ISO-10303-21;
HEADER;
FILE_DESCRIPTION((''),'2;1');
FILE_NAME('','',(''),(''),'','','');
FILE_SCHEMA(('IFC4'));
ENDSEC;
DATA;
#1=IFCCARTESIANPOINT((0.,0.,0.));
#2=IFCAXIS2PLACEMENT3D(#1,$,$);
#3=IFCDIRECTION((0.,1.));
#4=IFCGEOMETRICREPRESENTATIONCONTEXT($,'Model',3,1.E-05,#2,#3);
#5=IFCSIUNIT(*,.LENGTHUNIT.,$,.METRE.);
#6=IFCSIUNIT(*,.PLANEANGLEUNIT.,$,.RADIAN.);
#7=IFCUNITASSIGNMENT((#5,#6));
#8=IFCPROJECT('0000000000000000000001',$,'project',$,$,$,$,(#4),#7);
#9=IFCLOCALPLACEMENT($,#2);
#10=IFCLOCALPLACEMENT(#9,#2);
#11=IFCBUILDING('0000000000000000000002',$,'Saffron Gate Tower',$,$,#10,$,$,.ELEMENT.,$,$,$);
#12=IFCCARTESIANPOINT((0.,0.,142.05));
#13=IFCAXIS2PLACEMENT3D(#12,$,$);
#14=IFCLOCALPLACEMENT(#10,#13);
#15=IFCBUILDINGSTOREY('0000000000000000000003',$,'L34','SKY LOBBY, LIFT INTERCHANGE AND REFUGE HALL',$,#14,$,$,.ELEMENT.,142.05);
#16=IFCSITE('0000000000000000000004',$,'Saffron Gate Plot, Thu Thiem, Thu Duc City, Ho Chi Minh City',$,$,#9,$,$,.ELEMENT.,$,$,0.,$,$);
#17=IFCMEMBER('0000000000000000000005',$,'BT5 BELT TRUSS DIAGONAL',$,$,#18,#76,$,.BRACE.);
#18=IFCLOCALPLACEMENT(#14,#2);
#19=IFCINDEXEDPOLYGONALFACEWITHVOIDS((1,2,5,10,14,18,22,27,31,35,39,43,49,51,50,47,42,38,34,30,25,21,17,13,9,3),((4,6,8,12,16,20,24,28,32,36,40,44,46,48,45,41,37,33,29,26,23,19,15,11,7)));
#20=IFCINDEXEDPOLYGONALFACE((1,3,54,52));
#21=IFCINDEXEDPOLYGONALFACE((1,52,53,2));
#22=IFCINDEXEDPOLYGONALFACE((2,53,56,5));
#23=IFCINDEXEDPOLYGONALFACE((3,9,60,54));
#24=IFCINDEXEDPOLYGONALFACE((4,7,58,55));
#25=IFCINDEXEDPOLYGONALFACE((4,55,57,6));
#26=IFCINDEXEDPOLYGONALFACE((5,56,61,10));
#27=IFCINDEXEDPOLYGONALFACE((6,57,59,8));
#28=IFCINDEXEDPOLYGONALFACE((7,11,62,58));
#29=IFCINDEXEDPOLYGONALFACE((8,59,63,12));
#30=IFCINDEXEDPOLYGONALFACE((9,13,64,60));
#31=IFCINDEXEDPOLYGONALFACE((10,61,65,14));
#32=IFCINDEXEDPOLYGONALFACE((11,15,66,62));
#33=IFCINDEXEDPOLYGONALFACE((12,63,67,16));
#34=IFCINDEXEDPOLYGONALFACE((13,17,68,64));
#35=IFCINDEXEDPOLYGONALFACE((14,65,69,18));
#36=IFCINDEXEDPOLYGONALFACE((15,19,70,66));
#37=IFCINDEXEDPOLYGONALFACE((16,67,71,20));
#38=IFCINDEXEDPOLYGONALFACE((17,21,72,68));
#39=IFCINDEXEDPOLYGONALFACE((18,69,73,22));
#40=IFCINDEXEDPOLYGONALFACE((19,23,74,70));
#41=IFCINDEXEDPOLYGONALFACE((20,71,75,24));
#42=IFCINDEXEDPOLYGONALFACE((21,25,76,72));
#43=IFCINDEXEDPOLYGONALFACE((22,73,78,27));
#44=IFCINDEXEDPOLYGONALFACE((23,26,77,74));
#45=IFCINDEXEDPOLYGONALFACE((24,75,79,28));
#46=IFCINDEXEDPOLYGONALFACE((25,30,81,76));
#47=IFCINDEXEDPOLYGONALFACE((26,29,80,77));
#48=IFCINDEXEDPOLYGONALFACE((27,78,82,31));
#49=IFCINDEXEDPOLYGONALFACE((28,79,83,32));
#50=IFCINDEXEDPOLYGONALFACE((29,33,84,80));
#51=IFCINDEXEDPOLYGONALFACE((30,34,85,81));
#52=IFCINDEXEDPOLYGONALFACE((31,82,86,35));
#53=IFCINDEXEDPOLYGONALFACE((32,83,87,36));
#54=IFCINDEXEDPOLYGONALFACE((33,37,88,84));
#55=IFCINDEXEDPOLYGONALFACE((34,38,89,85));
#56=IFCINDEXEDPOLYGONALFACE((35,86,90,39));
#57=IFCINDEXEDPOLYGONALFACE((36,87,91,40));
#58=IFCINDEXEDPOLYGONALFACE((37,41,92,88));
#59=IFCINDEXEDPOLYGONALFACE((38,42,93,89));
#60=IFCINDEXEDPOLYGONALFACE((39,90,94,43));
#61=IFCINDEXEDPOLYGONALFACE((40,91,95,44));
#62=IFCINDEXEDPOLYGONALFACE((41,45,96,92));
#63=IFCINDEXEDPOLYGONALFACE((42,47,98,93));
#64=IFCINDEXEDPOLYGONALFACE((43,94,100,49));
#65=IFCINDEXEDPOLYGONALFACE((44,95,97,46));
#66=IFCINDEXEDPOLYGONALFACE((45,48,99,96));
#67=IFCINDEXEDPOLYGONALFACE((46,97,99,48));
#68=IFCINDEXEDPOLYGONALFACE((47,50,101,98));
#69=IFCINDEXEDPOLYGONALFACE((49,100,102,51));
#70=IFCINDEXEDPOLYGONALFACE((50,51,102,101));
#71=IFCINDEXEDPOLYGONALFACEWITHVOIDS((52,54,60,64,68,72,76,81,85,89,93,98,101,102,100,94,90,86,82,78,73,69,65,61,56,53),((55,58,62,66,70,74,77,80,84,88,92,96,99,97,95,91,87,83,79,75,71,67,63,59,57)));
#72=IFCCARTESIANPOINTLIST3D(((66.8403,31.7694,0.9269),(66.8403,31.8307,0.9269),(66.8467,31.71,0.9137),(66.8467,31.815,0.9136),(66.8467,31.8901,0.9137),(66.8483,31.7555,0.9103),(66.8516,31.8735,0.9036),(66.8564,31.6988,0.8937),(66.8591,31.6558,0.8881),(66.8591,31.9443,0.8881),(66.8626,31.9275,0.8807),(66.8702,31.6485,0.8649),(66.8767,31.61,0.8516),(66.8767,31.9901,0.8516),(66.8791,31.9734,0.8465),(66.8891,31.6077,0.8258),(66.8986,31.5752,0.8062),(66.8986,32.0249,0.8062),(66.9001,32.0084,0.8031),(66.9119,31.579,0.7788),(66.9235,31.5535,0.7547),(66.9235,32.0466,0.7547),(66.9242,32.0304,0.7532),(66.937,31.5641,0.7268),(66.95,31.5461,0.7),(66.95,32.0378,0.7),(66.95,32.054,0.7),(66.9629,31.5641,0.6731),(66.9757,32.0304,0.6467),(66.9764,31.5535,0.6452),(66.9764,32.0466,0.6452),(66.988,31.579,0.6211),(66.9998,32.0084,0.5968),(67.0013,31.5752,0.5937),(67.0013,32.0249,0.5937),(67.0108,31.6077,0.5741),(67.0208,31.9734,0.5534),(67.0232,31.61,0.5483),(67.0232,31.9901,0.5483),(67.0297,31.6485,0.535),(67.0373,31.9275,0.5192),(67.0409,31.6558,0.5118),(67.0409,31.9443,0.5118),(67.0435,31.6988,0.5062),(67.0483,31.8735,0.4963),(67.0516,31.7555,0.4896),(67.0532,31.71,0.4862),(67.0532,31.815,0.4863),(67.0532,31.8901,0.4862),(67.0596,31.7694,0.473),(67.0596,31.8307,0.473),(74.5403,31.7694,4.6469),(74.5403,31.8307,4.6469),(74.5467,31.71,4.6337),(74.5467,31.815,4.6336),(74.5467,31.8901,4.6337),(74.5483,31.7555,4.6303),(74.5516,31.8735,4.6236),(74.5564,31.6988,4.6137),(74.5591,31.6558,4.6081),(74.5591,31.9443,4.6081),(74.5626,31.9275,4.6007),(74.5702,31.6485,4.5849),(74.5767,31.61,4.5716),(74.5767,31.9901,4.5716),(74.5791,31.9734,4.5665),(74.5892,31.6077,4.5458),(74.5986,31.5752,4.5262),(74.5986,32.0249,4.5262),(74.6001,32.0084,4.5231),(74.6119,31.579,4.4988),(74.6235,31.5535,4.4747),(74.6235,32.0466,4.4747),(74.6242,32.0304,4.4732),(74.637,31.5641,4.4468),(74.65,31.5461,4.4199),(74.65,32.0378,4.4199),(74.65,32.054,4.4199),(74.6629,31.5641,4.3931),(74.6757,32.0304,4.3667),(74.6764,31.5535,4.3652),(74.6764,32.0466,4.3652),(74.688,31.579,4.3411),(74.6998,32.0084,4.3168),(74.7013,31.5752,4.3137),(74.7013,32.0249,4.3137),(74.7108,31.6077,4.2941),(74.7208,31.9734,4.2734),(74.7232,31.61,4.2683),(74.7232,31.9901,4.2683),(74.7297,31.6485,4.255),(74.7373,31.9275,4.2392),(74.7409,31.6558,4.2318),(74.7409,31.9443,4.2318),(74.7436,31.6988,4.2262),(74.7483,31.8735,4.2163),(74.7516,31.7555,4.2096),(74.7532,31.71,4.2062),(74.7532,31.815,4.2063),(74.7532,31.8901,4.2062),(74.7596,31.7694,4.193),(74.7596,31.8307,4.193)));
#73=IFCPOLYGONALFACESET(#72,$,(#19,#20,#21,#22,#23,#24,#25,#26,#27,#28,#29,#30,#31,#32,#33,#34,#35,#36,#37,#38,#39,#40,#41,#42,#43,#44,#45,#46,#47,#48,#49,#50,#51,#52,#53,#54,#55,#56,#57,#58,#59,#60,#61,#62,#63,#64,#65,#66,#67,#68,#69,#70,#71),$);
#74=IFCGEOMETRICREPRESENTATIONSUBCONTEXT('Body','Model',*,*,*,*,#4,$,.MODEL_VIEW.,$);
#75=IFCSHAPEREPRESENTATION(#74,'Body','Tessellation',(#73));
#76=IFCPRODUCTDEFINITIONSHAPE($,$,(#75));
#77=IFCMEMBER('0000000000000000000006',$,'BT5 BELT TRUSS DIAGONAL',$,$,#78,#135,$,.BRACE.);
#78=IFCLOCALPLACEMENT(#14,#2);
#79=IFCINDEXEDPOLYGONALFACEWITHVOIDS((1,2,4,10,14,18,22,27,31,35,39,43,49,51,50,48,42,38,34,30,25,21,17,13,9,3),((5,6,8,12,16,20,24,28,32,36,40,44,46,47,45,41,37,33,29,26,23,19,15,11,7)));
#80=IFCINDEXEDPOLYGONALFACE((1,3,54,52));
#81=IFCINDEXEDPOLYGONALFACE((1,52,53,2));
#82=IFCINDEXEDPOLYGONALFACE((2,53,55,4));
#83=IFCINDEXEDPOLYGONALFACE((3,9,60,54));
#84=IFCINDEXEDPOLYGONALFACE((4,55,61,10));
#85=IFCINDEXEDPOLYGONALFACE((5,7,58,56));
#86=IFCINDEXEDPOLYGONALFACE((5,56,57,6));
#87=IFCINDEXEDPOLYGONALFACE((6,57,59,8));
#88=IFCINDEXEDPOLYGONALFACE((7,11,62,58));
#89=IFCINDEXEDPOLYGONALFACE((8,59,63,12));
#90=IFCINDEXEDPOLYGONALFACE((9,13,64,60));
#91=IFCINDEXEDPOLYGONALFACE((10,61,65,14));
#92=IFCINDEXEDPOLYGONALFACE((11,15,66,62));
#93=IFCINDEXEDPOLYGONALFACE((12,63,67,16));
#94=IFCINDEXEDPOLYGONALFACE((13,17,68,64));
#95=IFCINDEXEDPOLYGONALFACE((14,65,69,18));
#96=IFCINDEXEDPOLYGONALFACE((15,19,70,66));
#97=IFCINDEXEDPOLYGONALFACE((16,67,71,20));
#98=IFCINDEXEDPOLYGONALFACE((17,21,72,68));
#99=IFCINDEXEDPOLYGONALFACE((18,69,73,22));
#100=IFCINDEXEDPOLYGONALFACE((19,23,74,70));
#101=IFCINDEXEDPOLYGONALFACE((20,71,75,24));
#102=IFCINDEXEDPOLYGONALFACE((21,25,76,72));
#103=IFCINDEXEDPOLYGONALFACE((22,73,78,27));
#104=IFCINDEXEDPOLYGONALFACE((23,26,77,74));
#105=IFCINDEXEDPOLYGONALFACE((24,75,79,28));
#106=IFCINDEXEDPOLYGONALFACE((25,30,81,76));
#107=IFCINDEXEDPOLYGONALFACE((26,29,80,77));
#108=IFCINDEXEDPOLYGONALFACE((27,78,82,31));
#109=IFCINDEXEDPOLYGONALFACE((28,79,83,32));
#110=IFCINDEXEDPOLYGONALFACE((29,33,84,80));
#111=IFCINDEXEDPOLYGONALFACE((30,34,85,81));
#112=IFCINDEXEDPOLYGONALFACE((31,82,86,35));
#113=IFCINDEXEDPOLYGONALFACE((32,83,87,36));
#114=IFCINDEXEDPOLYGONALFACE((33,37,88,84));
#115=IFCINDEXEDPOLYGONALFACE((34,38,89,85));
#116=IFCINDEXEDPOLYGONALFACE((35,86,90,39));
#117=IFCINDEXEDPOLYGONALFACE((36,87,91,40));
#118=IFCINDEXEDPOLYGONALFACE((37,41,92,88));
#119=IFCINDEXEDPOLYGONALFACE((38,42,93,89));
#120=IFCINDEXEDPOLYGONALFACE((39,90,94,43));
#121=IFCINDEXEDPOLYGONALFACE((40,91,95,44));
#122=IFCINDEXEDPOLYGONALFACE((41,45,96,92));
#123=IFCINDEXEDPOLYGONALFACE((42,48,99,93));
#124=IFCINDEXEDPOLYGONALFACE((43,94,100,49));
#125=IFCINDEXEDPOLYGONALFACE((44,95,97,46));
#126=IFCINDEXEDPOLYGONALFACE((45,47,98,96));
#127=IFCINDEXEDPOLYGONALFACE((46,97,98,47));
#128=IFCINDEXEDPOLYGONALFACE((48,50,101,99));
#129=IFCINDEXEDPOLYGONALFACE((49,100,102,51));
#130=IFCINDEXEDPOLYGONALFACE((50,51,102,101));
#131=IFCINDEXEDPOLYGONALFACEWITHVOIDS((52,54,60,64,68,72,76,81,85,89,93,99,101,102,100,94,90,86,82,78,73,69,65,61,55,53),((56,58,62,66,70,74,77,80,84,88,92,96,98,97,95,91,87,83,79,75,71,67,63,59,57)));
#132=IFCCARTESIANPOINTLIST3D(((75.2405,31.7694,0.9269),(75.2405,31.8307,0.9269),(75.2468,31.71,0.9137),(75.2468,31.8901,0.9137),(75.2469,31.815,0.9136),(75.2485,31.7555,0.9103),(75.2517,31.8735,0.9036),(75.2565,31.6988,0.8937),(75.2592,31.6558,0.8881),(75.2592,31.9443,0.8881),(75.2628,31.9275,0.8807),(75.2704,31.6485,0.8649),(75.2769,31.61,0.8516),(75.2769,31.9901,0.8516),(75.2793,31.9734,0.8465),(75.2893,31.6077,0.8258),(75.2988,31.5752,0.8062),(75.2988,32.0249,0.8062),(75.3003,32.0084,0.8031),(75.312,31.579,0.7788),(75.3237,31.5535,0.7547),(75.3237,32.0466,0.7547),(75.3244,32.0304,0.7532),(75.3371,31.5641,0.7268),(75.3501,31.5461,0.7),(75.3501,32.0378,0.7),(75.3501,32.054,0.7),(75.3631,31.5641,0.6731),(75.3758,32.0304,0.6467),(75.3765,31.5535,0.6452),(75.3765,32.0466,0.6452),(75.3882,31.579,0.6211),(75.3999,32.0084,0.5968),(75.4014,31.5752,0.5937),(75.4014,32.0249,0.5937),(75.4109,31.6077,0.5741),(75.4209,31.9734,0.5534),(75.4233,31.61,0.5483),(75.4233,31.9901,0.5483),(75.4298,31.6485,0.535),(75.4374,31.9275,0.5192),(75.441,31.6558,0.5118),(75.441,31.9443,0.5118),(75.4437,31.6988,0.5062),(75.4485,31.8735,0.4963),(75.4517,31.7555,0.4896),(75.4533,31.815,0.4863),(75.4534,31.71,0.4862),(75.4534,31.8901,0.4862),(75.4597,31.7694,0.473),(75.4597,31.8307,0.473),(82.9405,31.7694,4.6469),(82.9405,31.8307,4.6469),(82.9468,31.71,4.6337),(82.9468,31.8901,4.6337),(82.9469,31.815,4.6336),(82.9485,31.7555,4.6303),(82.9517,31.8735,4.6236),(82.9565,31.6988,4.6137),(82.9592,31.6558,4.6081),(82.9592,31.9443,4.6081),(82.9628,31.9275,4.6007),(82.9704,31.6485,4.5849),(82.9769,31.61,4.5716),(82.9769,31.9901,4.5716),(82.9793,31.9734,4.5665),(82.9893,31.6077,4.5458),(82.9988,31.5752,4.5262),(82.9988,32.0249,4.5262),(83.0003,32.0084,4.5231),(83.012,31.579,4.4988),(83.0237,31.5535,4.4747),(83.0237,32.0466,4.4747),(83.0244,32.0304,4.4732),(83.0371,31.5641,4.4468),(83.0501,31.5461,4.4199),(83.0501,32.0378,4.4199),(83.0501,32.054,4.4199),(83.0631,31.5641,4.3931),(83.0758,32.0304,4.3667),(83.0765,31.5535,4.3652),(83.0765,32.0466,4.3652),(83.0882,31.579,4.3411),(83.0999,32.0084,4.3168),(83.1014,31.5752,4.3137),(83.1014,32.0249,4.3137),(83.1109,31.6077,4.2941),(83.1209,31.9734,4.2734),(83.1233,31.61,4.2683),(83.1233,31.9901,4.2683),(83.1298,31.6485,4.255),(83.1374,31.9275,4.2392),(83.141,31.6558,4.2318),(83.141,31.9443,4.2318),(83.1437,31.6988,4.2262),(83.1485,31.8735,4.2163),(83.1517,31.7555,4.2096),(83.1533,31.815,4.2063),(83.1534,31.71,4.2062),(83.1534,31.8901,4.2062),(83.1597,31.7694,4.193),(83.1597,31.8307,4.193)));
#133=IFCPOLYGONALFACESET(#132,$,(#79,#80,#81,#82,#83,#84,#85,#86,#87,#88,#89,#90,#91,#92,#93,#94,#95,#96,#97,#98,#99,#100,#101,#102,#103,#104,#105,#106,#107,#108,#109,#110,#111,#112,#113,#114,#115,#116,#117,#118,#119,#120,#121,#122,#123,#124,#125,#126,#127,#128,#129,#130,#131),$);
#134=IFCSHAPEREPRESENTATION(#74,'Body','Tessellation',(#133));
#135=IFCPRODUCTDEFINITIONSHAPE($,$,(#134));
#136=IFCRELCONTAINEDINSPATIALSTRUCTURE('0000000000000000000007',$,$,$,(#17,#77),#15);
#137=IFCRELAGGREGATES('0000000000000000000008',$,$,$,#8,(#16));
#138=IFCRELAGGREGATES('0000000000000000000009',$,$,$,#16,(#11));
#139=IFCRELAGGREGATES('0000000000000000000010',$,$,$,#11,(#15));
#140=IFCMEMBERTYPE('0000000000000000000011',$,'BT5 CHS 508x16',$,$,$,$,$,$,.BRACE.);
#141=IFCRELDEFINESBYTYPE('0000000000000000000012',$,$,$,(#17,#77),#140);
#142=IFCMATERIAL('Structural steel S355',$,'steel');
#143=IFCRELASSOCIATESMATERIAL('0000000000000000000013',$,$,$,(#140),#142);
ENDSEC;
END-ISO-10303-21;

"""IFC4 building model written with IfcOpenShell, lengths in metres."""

from ifc_helpers import new_model, si_unit, direction, frame, origin, origin_2d, place, context, subcontext, project, spatial, hollow_circle, extrude, material, material_profile, profile_set, type_object, element, save


model = new_model("IFC4")

# Units and contexts
model_context = context("Model", 3, precision=1e-05, world=origin(), true_north=direction((0.0, 1.0)))
body_context = subcontext(model_context, "Body", "Model", "MODEL_VIEW")
ifc_project = project(units=[si_unit("LENGTHUNIT", "METRE"), si_unit("PLANEANGLEUNIT", "RADIAN")], contexts=[model_context])

# Site, building, storey
site_placement = place(None, origin())
site = spatial("IfcSite", under=ifc_project, at=site_placement, Name="Saffron Gate Plot, Thu Thiem, Thu Duc City, Ho Chi Minh City", CompositionType="ELEMENT", RefElevation=0.0)
building_placement = place(site_placement, origin())
building = spatial("IfcBuilding", under=site, at=building_placement, Name="Saffron Gate Tower", CompositionType="ELEMENT")
storey_placement = place(building_placement, frame((0.0, 0.0, 142.05)))
storey = spatial("IfcBuildingStorey", under=building, at=storey_placement, Name="L34", Description="SKY LOBBY, LIFT INTERCHANGE AND REFUGE HALL", CompositionType="ELEMENT", Elevation=142.05)

# Shared definitions
ifc_material_1 = material(Name="Structural steel S355", Category="steel")

# Members
ifc_material_profile_1 = material_profile(ifc_material_1, hollow_circle(Radius=0.2539, WallThickness=0.0161, at=origin_2d()))
ifc_profile_set_1 = profile_set([ifc_material_profile_1], Name="Structural steel S355")
member_type_1 = type_object("IfcMemberType", Name="BT5 CHS 508x16", PredefinedType="BRACE", material=ifc_profile_set_1)
for number, where, z_axis, x_axis, name in (
    (1, (66.95, 31.8, 0.7), (0.900426, 0.0, 0.43501), (0.0, 1.0, 0.0), "BT5 BELT TRUSS DIAGONAL"),
    (2, (75.3501, 31.8, 0.7), (0.900426, 0.0, 0.43501), (0.0, 1.0, 0.0), "BT5 BELT TRUSS DIAGONAL"),
):
    element("IfcMember", number, at=place(storey_placement, frame(where, z_axis=z_axis, x_axis=x_axis)), inside=storey, type_object=member_type_1, Name=name, PredefinedType="BRACE", context=body_context, shape_type="SweptSolid", body=[
        extrude(hollow_circle(Radius=0.2539, WallThickness=0.0161, at=origin_2d()), origin(), (0.0, 0.0, 1.0), 8.5515),
    ])

save(model, "model.ifc")
